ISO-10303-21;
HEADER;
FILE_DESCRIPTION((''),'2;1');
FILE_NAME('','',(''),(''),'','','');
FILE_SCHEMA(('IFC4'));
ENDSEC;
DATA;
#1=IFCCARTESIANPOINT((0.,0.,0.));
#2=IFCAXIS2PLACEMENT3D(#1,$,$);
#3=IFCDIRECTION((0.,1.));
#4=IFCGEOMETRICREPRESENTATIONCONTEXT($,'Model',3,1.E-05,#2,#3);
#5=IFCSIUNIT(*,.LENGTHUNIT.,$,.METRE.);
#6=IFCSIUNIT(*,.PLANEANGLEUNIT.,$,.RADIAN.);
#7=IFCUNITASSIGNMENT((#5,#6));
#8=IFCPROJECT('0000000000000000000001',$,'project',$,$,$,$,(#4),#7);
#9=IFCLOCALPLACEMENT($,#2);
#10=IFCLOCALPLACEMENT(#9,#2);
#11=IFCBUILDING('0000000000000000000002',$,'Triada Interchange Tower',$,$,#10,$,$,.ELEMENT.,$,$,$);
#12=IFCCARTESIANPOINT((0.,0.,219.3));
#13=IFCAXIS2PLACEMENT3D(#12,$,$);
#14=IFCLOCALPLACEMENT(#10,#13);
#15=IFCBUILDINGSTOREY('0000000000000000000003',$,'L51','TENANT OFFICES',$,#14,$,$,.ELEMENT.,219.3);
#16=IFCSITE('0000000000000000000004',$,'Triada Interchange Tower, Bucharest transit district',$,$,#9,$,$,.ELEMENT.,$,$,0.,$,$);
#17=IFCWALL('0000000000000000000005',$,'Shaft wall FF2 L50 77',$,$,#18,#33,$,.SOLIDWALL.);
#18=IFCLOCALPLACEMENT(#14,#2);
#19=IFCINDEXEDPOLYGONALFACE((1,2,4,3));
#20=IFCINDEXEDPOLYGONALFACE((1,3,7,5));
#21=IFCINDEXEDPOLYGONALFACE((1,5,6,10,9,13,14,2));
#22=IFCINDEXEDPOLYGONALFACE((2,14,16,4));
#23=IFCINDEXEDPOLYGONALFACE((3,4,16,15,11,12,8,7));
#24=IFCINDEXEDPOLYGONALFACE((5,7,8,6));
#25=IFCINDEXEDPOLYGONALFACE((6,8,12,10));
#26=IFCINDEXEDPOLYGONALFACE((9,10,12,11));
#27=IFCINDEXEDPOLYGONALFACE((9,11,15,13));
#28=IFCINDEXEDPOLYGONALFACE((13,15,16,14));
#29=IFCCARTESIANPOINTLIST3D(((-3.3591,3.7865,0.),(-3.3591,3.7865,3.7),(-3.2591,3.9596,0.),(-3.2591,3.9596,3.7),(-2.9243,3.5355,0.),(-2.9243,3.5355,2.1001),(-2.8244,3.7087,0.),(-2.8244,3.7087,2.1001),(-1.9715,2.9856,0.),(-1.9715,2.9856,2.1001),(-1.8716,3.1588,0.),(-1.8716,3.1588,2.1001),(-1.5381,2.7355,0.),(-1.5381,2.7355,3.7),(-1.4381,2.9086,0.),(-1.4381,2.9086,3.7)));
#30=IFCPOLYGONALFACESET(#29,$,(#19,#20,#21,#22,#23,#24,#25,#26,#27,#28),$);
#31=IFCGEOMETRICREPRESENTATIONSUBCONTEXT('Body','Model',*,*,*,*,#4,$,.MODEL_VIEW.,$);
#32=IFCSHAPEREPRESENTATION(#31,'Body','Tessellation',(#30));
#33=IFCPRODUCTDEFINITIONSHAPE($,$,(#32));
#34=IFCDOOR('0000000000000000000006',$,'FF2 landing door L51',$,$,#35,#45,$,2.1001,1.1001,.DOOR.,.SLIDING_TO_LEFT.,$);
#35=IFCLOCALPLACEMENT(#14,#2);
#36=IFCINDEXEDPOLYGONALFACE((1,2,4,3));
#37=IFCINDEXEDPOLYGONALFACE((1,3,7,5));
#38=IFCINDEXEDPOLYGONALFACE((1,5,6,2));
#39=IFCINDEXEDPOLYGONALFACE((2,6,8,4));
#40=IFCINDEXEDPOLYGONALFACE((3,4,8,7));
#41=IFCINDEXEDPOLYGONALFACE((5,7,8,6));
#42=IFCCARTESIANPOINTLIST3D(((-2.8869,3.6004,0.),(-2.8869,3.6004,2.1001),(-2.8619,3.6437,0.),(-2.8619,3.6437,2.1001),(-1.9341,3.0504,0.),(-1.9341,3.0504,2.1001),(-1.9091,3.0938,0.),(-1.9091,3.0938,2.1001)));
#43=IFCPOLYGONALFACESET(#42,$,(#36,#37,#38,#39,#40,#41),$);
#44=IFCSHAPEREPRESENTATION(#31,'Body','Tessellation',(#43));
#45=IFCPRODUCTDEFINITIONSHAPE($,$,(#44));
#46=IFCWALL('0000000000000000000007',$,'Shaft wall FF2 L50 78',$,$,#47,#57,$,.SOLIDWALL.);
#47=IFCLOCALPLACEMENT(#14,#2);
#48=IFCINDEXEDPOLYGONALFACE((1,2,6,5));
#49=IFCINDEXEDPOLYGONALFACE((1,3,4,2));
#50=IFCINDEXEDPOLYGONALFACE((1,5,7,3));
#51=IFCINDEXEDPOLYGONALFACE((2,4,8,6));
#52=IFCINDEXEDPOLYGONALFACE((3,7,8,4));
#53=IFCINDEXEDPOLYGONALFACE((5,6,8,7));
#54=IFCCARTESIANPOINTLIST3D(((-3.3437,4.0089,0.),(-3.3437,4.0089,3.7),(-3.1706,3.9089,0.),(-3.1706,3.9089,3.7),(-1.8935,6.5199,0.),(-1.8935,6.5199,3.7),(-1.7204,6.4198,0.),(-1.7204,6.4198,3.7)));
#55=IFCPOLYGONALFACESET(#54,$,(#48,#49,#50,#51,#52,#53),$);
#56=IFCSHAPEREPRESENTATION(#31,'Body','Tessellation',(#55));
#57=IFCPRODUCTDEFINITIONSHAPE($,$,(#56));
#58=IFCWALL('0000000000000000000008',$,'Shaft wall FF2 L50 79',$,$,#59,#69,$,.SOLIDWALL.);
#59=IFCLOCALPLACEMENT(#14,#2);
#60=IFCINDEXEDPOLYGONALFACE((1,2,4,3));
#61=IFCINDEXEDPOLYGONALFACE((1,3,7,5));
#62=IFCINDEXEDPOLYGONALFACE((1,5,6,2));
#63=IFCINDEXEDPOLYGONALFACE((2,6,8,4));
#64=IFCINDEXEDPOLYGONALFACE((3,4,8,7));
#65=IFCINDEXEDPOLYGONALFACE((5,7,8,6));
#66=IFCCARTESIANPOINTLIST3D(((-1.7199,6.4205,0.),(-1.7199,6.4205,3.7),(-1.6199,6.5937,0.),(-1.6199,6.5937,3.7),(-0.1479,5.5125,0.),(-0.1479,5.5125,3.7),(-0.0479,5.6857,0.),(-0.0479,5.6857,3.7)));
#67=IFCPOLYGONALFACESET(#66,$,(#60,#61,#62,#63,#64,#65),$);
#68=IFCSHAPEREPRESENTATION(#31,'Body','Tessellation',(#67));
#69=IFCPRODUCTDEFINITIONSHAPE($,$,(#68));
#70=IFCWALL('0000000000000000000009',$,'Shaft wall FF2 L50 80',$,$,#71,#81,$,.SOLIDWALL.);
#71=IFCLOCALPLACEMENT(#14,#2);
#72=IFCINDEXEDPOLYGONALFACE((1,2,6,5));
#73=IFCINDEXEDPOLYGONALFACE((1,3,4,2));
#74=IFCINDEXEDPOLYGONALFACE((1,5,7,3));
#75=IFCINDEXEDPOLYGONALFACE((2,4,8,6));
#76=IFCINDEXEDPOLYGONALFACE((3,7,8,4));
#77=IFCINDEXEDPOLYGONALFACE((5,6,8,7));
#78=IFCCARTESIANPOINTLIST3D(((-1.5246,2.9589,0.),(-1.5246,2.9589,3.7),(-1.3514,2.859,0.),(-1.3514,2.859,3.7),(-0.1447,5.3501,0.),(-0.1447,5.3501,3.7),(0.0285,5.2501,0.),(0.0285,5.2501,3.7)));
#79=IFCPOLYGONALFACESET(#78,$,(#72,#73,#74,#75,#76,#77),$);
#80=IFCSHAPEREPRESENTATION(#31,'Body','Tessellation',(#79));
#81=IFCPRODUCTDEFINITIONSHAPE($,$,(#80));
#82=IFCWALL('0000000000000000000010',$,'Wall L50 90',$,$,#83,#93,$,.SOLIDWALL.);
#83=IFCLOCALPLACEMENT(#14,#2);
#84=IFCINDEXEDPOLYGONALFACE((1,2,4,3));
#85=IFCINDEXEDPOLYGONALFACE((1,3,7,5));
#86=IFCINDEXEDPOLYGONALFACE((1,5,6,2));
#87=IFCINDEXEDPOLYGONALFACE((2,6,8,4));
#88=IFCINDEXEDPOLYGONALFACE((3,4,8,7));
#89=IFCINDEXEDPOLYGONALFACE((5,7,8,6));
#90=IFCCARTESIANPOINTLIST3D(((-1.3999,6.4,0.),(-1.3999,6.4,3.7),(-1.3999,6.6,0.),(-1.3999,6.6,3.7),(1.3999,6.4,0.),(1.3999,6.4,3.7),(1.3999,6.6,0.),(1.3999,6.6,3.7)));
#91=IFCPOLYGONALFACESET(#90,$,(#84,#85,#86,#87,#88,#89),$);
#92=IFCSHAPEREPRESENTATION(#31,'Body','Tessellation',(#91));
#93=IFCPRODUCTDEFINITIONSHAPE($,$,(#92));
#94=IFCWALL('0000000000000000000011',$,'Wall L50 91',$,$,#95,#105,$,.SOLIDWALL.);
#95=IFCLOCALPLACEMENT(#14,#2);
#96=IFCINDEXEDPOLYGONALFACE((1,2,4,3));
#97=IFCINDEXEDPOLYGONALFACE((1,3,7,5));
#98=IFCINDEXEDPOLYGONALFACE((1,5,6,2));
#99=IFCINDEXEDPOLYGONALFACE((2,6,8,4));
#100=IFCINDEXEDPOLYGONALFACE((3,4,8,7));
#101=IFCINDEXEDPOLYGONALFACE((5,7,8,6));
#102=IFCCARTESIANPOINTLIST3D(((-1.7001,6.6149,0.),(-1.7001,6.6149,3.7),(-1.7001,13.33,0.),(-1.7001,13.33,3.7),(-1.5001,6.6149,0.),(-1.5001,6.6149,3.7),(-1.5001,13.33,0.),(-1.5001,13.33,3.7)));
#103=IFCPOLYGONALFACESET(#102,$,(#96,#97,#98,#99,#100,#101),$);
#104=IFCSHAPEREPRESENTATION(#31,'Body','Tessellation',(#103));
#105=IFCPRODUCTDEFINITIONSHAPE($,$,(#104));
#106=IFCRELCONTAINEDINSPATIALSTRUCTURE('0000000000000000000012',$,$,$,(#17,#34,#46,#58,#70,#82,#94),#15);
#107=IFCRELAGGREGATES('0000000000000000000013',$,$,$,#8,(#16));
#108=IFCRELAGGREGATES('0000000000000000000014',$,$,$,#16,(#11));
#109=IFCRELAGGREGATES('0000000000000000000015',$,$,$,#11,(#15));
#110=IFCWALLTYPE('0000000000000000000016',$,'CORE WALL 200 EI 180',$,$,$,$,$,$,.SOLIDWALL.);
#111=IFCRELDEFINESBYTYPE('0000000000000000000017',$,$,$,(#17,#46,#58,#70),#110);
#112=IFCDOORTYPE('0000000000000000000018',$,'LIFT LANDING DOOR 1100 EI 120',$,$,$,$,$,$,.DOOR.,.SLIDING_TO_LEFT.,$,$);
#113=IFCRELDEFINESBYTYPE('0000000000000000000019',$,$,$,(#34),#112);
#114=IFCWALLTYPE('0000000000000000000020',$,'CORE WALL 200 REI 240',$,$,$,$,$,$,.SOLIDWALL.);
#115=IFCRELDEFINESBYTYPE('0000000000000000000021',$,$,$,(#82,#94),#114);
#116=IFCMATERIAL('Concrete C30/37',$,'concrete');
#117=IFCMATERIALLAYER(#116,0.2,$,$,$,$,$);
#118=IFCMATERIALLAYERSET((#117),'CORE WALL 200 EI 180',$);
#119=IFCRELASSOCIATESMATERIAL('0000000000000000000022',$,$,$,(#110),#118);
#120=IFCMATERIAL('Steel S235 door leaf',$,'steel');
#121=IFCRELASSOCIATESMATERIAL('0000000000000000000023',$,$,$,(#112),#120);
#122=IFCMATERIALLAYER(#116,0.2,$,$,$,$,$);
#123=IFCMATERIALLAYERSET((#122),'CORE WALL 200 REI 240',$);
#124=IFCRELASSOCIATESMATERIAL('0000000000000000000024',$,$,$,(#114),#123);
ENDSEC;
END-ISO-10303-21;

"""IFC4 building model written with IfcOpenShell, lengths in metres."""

from ifc_helpers import new_model, si_unit, direction, frame, frame_2d, origin, place, context, subcontext, project, spatial, rectangle, extrude, material, layer, layer_set, type_object, element, fill, save


model = new_model("IFC4")

# Units and contexts
model_context = context("Model", 3, precision=1e-05, world=origin(), true_north=direction((0.0, 1.0)))
body_context = subcontext(model_context, "Body", "Model", "MODEL_VIEW")
ifc_project = project(units=[si_unit("LENGTHUNIT", "METRE"), si_unit("PLANEANGLEUNIT", "RADIAN")], contexts=[model_context])

# Site, building, storey
site_placement = place(None, origin())
site = spatial("IfcSite", under=ifc_project, at=site_placement, Name="Triada Interchange Tower, Bucharest transit district", CompositionType="ELEMENT", RefElevation=0.0)
building_placement = place(site_placement, origin())
building = spatial("IfcBuilding", under=site, at=building_placement, Name="Triada Interchange Tower", CompositionType="ELEMENT")
storey_placement = place(building_placement, frame((0.0, 0.0, 219.3)))
storey = spatial("IfcBuildingStorey", under=building, at=storey_placement, Name="L51", Description="TENANT OFFICES", CompositionType="ELEMENT", Elevation=219.3)

# Shared definitions
ifc_material_1 = material(Name="Concrete C30/37", Category="concrete")
ifc_layer_1 = layer(ifc_material_1, 0.2)
ifc_layer_set_1 = layer_set([ifc_layer_1], Name="CORE WALL 200 EI 180")
wall_type_1 = type_object("IfcWallType", Name="CORE WALL 200 EI 180", PredefinedType="SOLIDWALL", material=ifc_layer_set_1)

# Shared definitions
ifc_material_2 = material(Name="Steel S235 door leaf", Category="steel")

# Wall, opening, door
door_type_1 = type_object("IfcDoorType", Name="LIFT LANDING DOOR 1100 EI 120", OperationType="SLIDING_TO_LEFT", PredefinedType="DOOR", material=ifc_material_2)
wall_1_placement = place(storey_placement, frame((-3.3091, 3.873, 0.0), z_axis=(0.0, 0.0, 1.0), x_axis=(0.866099, -0.499873, 0.0)))
wall_1 = element("IfcWall", 1, at=wall_1_placement, inside=storey, type_object=wall_type_1, Name="Shaft wall FF2 L50 77", PredefinedType="SOLIDWALL", context=body_context, shape_type="SweptSolid", body=[
    extrude(rectangle(XDim=2.1025, YDim=0.2, at=frame_2d((1.0513, 0.0))), origin(), (0.0, 0.0, 1.0), 3.7),
])
opening_1_placement = place(wall_1_placement, frame((0.502, 0.0, 0.0)))
opening_1 = element("IfcOpeningElement", 2, at=opening_1_placement, cuts=wall_1, PredefinedType="OPENING", context=body_context, shape_type="SweptSolid", body=[
    extrude(rectangle(XDim=1.1001, YDim=2.1001, at=frame_2d((0.55, 1.05))), frame((0.0, 0.1099, 0.0), z_axis=(0.0, -1.0, 0.0), x_axis=(1.0, 0.0, 0.0)), (0.0, 0.0, 1.0), 0.22),
])
door_1_placement = place(opening_1_placement, origin())
door_1 = element("IfcDoor", 3, at=door_1_placement, inside=storey, type_object=door_type_1, Name="FF2 landing door L51", OperationType="SLIDING_TO_LEFT", OverallHeight=2.1001, OverallWidth=1.1001, PredefinedType="DOOR", context=body_context, shape_type="SweptSolid", body=[
    extrude(rectangle(XDim=1.1001, YDim=2.1001, at=frame_2d((0.55, 1.05))), frame((0.0, 0.0249, 0.0), z_axis=(0.0, -1.0, 0.0), x_axis=(1.0, 0.0, 0.0)), (0.0, 0.0, 1.0), 0.05),
])
fill(opening_1, door_1)

# Walls
wall_2_placement = place(storey_placement, frame((-3.2571, 3.959, 0.0), z_axis=(0.0, 0.0, 1.0), x_axis=(0.500123, 0.865954, 0.0)))
element("IfcWall", 4, at=wall_2_placement, inside=storey, type_object=wall_type_1, Name="Shaft wall FF2 L50 78", PredefinedType="SOLIDWALL", context=body_context, shape_type="SweptSolid", body=[
    extrude(rectangle(XDim=2.8997, YDim=0.2, at=frame_2d((1.4497, 0.0))), origin(), (0.0, 0.0, 1.0), 3.7),
])
wall_3_placement = place(storey_placement, frame((-1.6699, 6.5071, 0.0), z_axis=(0.0, 0.0, 1.0), x_axis=(0.865941, -0.500145, 0.0)))
element("IfcWall", 5, at=wall_3_placement, inside=storey, type_object=wall_type_1, Name="Shaft wall FF2 L50 79", PredefinedType="SOLIDWALL", context=body_context, shape_type="SweptSolid", body=[
    extrude(rectangle(XDim=1.8154, YDim=0.2, at=frame_2d((0.9077, 0.0))), origin(), (0.0, 0.0, 1.0), 3.7),
])
wall_4_placement = place(storey_placement, frame((-1.438, 2.9089, 0.0), z_axis=(0.0, 0.0, 1.0), x_axis=(0.49983, 0.866124, 0.0)))
element("IfcWall", 6, at=wall_4_placement, inside=storey, type_object=wall_type_1, Name="Shaft wall FF2 L50 80", PredefinedType="SOLIDWALL", context=body_context, shape_type="SweptSolid", body=[
    extrude(rectangle(XDim=2.7607, YDim=0.2, at=frame_2d((1.3804, 0.0))), origin(), (0.0, 0.0, 1.0), 3.7),
])
ifc_layer_2 = layer(ifc_material_1, 0.2)
ifc_layer_set_2 = layer_set([ifc_layer_2], Name="CORE WALL 200 REI 240")
wall_type_2 = type_object("IfcWallType", Name="CORE WALL 200 REI 240", PredefinedType="SOLIDWALL", material=ifc_layer_set_2)
wall_5_placement = place(storey_placement, frame((-1.3999, 6.5, 0.0), z_axis=(0.0, 0.0, 1.0), x_axis=(1.0, 0.0, 0.0)))
element("IfcWall", 7, at=wall_5_placement, inside=storey, type_object=wall_type_2, Name="Wall L50 90", PredefinedType="SOLIDWALL", context=body_context, shape_type="SweptSolid", body=[
    extrude(rectangle(XDim=2.7998, YDim=0.2, at=frame_2d((1.3999, 0.0))), origin(), (0.0, 0.0, 1.0), 3.7),
])
wall_6_placement = place(storey_placement, frame((-1.6001, 6.615, 0.0), z_axis=(0.0, 0.0, 1.0), x_axis=(0.0, 1.0, 0.0)))
element("IfcWall", 8, at=wall_6_placement, inside=storey, type_object=wall_type_2, Name="Wall L50 91", PredefinedType="SOLIDWALL", context=body_context, shape_type="SweptSolid", body=[
    extrude(rectangle(XDim=6.7151, YDim=0.2, at=frame_2d((3.3574, 0.0))), origin(), (0.0, 0.0, 1.0), 3.7),
])

save(model, "model.ifc")
